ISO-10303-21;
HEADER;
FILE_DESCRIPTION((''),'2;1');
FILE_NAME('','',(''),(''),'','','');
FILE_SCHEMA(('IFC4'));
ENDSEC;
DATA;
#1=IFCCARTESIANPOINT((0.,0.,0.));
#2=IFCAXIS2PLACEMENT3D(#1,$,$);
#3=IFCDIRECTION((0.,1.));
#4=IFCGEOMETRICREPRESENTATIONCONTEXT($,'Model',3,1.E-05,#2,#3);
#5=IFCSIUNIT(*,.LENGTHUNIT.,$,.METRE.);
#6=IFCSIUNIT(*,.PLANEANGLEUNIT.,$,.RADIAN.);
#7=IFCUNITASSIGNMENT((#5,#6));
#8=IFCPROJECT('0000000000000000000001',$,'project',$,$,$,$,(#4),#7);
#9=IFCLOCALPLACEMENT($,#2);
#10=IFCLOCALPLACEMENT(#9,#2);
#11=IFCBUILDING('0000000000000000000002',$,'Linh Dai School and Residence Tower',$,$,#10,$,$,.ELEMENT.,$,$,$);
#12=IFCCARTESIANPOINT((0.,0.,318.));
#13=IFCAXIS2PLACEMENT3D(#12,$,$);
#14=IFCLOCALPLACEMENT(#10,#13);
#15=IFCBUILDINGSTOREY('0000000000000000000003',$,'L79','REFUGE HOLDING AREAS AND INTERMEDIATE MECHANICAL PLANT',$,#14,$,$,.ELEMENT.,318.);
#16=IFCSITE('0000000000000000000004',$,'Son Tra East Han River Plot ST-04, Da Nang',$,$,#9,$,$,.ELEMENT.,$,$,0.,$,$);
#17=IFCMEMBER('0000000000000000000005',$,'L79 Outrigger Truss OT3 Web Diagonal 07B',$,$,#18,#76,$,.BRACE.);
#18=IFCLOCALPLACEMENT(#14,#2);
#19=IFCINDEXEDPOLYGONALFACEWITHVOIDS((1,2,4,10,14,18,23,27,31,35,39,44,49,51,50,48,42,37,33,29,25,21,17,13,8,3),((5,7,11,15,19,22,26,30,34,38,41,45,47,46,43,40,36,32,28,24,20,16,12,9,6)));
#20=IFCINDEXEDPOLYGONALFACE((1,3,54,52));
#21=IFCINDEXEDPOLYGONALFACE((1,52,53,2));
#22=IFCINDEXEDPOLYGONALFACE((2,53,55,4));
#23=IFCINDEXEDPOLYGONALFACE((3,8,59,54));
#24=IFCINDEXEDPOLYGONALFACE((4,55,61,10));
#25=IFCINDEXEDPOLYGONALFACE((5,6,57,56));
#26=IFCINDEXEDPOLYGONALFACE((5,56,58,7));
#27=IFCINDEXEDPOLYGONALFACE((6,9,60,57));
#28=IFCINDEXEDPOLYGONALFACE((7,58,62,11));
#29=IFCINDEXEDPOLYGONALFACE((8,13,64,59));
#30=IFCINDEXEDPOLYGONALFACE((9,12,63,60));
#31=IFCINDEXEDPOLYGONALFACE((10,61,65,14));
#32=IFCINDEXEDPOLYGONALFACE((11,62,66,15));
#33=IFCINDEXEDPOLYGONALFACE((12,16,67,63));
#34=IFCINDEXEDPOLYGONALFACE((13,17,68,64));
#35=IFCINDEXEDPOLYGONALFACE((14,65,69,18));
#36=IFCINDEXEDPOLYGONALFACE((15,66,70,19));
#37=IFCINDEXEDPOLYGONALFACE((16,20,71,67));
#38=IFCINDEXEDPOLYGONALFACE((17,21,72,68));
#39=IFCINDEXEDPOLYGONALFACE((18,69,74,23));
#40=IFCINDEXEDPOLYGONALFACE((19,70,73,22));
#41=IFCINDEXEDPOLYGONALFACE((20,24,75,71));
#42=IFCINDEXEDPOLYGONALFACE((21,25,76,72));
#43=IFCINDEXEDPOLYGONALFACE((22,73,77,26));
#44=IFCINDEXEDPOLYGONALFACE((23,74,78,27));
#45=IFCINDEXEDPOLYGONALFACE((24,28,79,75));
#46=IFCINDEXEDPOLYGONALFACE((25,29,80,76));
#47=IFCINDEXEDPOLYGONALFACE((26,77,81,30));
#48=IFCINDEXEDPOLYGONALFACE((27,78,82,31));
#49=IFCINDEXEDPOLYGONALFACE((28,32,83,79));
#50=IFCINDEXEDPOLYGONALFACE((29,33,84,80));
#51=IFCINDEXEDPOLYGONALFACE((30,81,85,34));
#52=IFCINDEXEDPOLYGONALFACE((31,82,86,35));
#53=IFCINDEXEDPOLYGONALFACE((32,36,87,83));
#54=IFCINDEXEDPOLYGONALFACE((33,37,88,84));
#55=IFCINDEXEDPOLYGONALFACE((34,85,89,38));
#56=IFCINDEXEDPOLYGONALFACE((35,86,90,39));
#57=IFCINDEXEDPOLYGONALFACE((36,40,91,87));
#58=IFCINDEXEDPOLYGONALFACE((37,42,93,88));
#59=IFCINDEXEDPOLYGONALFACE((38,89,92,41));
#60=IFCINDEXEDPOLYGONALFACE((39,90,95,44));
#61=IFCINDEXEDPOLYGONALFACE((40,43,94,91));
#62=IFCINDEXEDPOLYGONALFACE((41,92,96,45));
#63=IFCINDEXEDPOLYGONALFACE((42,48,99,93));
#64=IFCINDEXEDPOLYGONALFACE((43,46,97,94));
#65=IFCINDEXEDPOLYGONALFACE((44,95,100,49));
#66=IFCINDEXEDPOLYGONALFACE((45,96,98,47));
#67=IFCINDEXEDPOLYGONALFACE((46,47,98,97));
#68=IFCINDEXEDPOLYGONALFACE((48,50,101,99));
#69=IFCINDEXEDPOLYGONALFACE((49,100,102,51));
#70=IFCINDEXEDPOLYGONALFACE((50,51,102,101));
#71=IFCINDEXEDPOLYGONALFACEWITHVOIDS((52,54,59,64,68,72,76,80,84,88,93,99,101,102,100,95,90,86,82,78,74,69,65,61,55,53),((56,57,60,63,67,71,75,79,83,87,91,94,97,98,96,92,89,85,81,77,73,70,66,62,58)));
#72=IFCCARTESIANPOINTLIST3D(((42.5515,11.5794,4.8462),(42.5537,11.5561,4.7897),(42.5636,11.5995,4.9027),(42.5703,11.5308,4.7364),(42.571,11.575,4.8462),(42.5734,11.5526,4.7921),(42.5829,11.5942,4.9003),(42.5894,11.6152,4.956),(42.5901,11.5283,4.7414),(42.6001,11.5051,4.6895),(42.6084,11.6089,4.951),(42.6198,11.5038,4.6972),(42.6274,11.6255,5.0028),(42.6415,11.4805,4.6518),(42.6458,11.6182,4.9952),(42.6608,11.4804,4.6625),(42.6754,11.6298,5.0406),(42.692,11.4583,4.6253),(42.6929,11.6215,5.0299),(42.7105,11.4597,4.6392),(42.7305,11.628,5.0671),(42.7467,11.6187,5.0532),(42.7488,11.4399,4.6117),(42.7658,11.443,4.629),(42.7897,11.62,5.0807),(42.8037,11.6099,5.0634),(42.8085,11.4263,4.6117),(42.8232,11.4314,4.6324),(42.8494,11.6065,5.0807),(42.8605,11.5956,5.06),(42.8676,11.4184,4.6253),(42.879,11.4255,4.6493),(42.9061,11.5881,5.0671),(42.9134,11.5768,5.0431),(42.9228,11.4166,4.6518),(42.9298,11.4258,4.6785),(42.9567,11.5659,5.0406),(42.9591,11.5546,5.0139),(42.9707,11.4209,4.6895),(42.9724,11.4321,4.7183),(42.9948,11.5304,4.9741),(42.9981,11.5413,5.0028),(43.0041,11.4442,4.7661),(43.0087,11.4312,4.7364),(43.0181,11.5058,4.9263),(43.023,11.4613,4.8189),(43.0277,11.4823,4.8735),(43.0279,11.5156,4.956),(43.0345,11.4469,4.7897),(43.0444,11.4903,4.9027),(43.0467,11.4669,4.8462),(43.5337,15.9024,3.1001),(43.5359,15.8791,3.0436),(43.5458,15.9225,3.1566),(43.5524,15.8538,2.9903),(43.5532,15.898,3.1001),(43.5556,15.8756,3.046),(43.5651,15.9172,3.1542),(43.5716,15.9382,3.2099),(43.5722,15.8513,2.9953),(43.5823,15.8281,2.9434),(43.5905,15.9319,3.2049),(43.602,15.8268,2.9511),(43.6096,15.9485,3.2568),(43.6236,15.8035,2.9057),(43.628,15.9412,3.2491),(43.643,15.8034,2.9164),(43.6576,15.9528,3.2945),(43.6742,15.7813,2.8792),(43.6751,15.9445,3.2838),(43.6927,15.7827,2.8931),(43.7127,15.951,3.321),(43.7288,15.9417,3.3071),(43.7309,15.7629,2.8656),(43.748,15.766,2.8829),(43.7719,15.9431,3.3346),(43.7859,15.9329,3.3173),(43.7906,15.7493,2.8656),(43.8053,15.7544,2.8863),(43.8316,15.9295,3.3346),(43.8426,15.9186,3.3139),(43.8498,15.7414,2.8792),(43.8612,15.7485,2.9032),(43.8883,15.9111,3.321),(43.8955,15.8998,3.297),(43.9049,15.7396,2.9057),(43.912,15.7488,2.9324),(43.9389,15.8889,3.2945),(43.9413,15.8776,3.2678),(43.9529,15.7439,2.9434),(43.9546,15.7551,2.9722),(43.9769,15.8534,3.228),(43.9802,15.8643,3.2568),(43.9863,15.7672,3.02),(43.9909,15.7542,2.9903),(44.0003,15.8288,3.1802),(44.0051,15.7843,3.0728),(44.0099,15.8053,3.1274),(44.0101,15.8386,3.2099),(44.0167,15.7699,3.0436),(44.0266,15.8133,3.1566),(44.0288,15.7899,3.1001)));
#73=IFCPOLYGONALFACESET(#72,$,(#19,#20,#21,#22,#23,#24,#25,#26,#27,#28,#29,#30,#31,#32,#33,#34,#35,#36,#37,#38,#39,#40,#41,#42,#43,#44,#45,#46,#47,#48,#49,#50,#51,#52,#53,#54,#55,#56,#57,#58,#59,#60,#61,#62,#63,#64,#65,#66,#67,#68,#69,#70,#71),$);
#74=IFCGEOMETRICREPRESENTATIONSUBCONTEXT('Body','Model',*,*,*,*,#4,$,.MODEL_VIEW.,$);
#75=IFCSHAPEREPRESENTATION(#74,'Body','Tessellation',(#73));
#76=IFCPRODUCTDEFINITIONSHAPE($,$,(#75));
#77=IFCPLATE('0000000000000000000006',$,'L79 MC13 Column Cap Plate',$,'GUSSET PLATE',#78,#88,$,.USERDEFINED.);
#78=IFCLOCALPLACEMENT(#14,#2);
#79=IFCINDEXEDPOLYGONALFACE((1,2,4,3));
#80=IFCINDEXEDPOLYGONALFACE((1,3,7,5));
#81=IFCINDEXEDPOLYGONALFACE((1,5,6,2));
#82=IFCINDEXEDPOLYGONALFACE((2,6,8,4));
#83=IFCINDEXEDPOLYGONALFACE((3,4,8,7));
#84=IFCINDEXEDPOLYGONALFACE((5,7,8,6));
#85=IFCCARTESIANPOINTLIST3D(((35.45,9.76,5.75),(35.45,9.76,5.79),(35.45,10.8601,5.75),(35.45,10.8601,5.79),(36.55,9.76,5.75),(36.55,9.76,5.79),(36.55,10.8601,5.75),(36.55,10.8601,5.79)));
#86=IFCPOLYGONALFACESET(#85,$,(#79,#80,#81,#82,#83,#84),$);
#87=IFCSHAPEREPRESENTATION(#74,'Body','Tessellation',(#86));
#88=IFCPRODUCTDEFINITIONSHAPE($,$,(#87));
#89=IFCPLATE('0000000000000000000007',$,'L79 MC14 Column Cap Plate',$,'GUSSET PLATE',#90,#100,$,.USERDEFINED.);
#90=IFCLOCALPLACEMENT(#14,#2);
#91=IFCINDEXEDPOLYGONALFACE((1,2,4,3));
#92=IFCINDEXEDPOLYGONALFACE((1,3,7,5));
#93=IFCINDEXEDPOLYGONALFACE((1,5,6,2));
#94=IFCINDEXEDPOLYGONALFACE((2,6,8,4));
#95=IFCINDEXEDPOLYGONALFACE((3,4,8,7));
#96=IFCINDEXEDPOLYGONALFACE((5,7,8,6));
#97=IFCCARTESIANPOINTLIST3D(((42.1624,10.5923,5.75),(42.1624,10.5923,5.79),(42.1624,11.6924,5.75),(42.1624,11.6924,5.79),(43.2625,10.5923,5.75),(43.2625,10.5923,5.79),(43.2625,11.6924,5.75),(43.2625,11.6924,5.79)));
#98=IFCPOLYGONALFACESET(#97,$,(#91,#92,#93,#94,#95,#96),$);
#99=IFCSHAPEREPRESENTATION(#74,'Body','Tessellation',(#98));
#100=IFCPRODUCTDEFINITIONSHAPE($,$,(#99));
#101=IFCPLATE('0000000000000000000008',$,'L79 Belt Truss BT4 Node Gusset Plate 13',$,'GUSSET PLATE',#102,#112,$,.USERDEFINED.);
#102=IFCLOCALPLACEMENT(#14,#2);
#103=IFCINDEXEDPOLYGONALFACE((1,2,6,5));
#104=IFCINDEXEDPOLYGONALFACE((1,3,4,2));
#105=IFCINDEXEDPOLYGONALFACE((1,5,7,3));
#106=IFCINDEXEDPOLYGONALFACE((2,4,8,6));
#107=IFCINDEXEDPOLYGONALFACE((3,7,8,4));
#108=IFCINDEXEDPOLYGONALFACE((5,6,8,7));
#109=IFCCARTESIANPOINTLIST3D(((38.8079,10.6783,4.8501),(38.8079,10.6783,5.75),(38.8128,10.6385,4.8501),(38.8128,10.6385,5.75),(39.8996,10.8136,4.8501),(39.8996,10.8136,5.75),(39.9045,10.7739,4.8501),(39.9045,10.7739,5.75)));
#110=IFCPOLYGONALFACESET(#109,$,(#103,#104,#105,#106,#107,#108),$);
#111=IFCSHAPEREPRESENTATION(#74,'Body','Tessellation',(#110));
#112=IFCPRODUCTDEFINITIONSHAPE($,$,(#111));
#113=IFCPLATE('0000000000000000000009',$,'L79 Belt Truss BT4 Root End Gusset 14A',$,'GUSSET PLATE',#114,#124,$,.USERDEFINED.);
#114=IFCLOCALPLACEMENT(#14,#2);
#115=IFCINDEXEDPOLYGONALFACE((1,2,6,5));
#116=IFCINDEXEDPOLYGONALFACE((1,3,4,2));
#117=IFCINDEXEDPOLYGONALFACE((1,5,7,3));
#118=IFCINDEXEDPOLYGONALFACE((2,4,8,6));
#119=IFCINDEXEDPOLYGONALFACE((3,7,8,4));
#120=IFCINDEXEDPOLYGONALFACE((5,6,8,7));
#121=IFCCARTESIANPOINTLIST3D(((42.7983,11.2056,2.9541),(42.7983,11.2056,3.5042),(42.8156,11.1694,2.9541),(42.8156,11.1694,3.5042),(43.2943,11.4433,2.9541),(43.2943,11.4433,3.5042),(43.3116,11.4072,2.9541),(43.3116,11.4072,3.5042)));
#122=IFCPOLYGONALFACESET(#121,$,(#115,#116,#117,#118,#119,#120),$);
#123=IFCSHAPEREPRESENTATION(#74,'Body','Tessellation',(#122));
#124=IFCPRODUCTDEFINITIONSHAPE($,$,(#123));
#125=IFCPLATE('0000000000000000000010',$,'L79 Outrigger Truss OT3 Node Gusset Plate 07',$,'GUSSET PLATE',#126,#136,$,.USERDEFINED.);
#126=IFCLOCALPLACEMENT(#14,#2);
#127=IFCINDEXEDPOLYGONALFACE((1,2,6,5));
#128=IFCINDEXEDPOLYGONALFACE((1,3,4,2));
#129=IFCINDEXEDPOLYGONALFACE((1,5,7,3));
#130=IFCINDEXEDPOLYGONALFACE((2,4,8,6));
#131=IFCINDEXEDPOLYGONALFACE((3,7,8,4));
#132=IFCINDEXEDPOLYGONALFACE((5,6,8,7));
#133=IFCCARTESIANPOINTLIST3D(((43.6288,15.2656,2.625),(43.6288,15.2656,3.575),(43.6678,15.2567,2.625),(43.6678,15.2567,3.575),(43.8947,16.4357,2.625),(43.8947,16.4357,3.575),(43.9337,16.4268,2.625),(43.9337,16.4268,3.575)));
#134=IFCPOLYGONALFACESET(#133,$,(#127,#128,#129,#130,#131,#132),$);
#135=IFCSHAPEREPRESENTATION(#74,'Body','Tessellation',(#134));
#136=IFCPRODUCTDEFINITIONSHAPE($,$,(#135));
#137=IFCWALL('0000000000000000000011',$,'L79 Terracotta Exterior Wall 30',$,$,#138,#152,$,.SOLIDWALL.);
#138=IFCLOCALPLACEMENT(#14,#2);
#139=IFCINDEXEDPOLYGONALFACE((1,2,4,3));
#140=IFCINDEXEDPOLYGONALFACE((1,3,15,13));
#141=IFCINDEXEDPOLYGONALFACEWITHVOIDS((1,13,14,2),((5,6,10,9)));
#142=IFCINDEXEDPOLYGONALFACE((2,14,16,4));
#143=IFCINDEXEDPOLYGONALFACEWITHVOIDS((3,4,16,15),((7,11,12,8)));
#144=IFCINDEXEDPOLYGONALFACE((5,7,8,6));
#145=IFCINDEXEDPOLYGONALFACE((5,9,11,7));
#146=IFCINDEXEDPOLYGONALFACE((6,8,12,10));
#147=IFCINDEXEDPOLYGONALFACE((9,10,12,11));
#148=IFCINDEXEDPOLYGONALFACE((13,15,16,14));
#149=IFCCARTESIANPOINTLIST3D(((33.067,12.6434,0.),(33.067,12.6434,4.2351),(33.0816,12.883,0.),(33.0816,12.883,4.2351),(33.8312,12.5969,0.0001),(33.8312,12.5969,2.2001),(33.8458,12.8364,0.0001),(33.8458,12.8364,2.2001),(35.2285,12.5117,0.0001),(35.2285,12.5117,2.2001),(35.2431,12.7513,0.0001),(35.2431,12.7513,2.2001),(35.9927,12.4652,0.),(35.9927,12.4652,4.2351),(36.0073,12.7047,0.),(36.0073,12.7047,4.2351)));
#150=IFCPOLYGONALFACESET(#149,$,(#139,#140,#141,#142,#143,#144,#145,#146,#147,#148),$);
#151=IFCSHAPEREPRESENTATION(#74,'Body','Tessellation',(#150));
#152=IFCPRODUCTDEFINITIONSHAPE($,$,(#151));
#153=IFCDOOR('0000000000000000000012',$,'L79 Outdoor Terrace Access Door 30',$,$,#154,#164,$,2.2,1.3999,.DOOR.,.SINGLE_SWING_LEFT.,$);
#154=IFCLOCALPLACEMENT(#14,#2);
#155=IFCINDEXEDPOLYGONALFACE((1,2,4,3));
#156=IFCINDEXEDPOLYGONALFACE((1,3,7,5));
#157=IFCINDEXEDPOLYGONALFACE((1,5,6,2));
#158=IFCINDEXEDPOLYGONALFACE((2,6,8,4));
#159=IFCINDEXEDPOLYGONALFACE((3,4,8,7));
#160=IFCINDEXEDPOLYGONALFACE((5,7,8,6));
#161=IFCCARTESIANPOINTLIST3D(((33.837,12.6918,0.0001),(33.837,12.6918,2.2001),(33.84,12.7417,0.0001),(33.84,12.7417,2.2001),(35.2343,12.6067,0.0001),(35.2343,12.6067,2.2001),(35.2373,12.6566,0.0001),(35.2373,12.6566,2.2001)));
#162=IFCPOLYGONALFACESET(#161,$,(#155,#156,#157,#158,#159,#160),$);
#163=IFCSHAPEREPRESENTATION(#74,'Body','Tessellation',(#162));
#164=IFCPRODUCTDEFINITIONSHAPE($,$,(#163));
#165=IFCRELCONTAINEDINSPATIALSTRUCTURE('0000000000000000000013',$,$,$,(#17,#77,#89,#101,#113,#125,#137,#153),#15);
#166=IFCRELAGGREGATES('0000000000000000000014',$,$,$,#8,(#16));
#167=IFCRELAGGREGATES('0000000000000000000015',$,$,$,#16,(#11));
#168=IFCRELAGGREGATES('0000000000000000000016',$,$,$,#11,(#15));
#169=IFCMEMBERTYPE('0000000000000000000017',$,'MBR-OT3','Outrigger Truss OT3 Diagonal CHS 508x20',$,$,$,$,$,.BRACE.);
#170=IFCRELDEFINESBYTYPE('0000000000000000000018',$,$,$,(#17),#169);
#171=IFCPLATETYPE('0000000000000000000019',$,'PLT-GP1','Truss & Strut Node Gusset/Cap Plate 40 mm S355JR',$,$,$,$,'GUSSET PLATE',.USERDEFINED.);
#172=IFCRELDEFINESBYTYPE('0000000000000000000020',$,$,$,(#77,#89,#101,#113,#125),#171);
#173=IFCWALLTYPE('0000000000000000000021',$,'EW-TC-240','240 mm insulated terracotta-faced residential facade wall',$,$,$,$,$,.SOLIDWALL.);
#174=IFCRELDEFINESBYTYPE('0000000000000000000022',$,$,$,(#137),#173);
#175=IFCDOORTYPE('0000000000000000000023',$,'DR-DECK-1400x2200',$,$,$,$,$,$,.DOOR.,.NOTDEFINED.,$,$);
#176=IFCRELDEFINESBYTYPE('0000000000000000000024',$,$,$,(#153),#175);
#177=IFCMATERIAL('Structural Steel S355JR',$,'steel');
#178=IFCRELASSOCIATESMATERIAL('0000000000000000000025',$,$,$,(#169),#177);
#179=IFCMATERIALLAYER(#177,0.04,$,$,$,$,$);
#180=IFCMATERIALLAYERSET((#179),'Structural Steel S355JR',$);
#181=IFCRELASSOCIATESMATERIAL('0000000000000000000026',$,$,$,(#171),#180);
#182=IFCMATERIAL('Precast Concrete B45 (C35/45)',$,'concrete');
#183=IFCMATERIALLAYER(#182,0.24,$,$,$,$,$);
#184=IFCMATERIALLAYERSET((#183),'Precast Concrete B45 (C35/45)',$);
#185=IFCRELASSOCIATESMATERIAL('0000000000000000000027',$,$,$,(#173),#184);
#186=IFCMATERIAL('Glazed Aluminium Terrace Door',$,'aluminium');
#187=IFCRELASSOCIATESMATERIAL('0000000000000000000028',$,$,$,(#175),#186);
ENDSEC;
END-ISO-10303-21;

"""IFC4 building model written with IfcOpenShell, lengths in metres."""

from ifc_helpers import new_model, si_unit, direction, frame, frame_2d, origin, origin_2d, place, context, subcontext, project, spatial, rectangle, hollow_circle, extrude, source, transform, mapped, material, layer, layer_set, material_profile, profile_set, type_object, element, fill, save


model = new_model("IFC4")

# Units and contexts
model_context = context("Model", 3, precision=1e-05, world=origin(), true_north=direction((0.0, 1.0)))
body_context = subcontext(model_context, "Body", "Model", "MODEL_VIEW")
ifc_project = project(units=[si_unit("LENGTHUNIT", "METRE"), si_unit("PLANEANGLEUNIT", "RADIAN")], contexts=[model_context])

# Site, building, storey
site_placement = place(None, origin())
site = spatial("IfcSite", under=ifc_project, at=site_placement, Name="Son Tra East Han River Plot ST-04, Da Nang", CompositionType="ELEMENT", RefElevation=0.0)
building_placement = place(site_placement, origin())
building = spatial("IfcBuilding", under=site, at=building_placement, Name="Linh Dai School and Residence Tower", CompositionType="ELEMENT")
storey_placement = place(building_placement, frame((0.0, 0.0, 318.0)))
storey = spatial("IfcBuildingStorey", under=building, at=storey_placement, Name="L79", Description="REFUGE HOLDING AREAS AND INTERMEDIATE MECHANICAL PLANT", CompositionType="ELEMENT", Elevation=318.0)

# Shared definitions
ifc_material_1 = material(Name="Structural Steel S355JR", Category="steel")

# Member
ifc_material_profile_1 = material_profile(ifc_material_1, hollow_circle(Radius=0.2539, WallThickness=0.02, at=origin_2d()), Name="CHS 508x20")
ifc_profile_set_1 = profile_set([ifc_material_profile_1], Name="Structural Steel S355JR")
member_type_1 = type_object("IfcMemberType", Name="MBR-OT3", Description="Outrigger Truss OT3 Diagonal CHS 508x20", PredefinedType="BRACE", material=ifc_profile_set_1)
member_1_placement = place(storey_placement, frame((42.7991, 11.5232, 4.8462), z_axis=(0.206139, 0.907308, -0.366469), x_axis=(-0.975149, 0.221552, 0.0)))
element("IfcMember", 1, at=member_1_placement, inside=storey, type_object=member_type_1, Name="L79 Outrigger Truss OT3 Web Diagonal 07B", PredefinedType="BRACE", context=body_context, shape_type="SweptSolid", body=[
    extrude(hollow_circle(Radius=0.2539, WallThickness=0.02, at=origin_2d()), origin(), (0.0, 0.0, 1.0), 4.7646),
])

# Plates
ifc_layer_1 = layer(ifc_material_1, 0.04)
ifc_layer_set_1 = layer_set([ifc_layer_1], Name="Structural Steel S355JR")
plate_type = type_object("IfcPlateType", Name="PLT-GP1", Description="Truss & Strut Node Gusset/Cap Plate 40 mm S355JR", ElementType="GUSSET PLATE", PredefinedType="USERDEFINED", material=ifc_layer_set_1)
shared_shape_1 = source(origin(), body_context, "Body", "SweptSolid", [
    extrude(rectangle(XDim=1.1001, YDim=1.1001, at=origin_2d()), origin(), (0.0, 0.0, 1.0), 0.04),
])
for number, where, z_axis, x_axis, name in (
    (2, (36.0, 10.3101, 5.75), (0.0, 0.0, 1.0), (1.0, 0.0, 0.0), "L79 MC13 Column Cap Plate"),
    (3, (42.7124, 11.1423, 5.75), (0.0, 0.0, 1.0), (1.0, 0.0, 0.0), "L79 MC14 Column Cap Plate"),
):
    element("IfcPlate", number, at=place(storey_placement, frame(where, z_axis=z_axis, x_axis=x_axis)), inside=storey, type_object=plate_type, Name=name, ObjectType="GUSSET PLATE", PredefinedType="USERDEFINED", context=body_context, shape_type="MappedRepresentation", body=[
        mapped(shared_shape_1, transform((0.0, 0.0, 0.0), x_axis=(1.0, 0.0, 0.0), y_axis=(0.0, 1.0, 0.0), z_axis=(0.0, 0.0, 1.0), scale=1.0)),
    ])
shared_shape_2 = source(origin(), body_context, "Body", "SweptSolid", [
    extrude(rectangle(XDim=1.1001, YDim=0.04, at=origin_2d()), origin(), (0.0, 0.0, 1.0), 0.8999),
])
plate_1_placement = place(storey_placement, frame((39.3562, 10.7261, 4.8501), z_axis=(0.0, 0.0, 1.0), x_axis=(0.992402, 0.123041, 0.0)))
element("IfcPlate", 4, at=plate_1_placement, inside=storey, type_object=plate_type, Name="L79 Belt Truss BT4 Node Gusset Plate 13", ObjectType="GUSSET PLATE", PredefinedType="USERDEFINED", context=body_context, shape_type="MappedRepresentation", body=[
    mapped(shared_shape_2, transform((0.0, 0.0, 0.0), x_axis=(1.0, 0.0, 0.0), y_axis=(0.0, 1.0, 0.0), z_axis=(0.0, 0.0, 1.0), scale=1.0)),
])
shared_shape_3 = source(origin(), body_context, "Body", "SweptSolid", [
    extrude(rectangle(XDim=0.55, YDim=0.04, at=origin_2d()), origin(), (0.0, 0.0, 1.0), 0.55),
])
plate_2_placement = place(storey_placement, frame((43.0549, 11.3064, 2.9541), z_axis=(0.0, 0.0, 1.0), x_axis=(0.901726, 0.432308, 0.0)))
element("IfcPlate", 5, at=plate_2_placement, inside=storey, type_object=plate_type, Name="L79 Belt Truss BT4 Root End Gusset 14A", ObjectType="GUSSET PLATE", PredefinedType="USERDEFINED", context=body_context, shape_type="MappedRepresentation", body=[
    mapped(shared_shape_3, transform((0.0, 0.0, 0.0), x_axis=(1.0, 0.0, 0.0), y_axis=(0.0, 1.0, 0.0), z_axis=(0.0, 0.0, 1.0), scale=1.0)),
])
shared_shape_4 = source(origin(), body_context, "Body", "SweptSolid", [
    extrude(rectangle(XDim=1.2, YDim=0.04, at=origin_2d()), origin(), (0.0, 0.0, 1.0), 0.95),
])
plate_3_placement = place(storey_placement, frame((43.7812, 15.8462, 2.625), z_axis=(0.0, 0.0, 1.0), x_axis=(-0.221569, -0.975145, 0.0)))
element("IfcPlate", 6, at=plate_3_placement, inside=storey, type_object=plate_type, Name="L79 Outrigger Truss OT3 Node Gusset Plate 07", ObjectType="GUSSET PLATE", PredefinedType="USERDEFINED", context=body_context, shape_type="MappedRepresentation", body=[
    mapped(shared_shape_4, transform((0.0, 0.0, 0.0), x_axis=(1.0, 0.0, 0.0), y_axis=(0.0, 1.0, 0.0), z_axis=(0.0, 0.0, 1.0), scale=1.0)),
])

# Wall, opening, door
ifc_material_2 = material(Name="Precast Concrete B45 (C35/45)", Category="concrete")
ifc_layer_2 = layer(ifc_material_2, 0.24)
ifc_layer_set_2 = layer_set([ifc_layer_2], Name="Precast Concrete B45 (C35/45)")
wall_type_1 = type_object("IfcWallType", Name="EW-TC-240", Description="240 mm insulated terracotta-faced residential facade wall", PredefinedType="SOLIDWALL", material=ifc_layer_set_2)
wall_1_placement = place(storey_placement, frame((36.0, 12.585, 0.0), z_axis=(0.0, 0.0, 1.0), x_axis=(-0.99815, 0.060802, 0.0)))
wall_1 = element("IfcWall", 7, at=wall_1_placement, inside=storey, type_object=wall_type_1, Name="L79 Terracotta Exterior Wall 30", PredefinedType="SOLIDWALL", context=body_context, shape_type="SweptSolid", body=[
    extrude(rectangle(XDim=2.9312, YDim=0.24, at=frame_2d((1.4656, 0.0))), origin(), (0.0, 0.0, 1.0), 4.2351),
])
opening_1_placement = place(wall_1_placement, frame((0.7656, 0.0, 0.0)))
opening_1 = element("IfcOpeningElement", 8, at=opening_1_placement, cuts=wall_1, PredefinedType="OPENING", context=body_context, shape_type="SweptSolid", body=[
    extrude(rectangle(XDim=1.3999, YDim=2.2, at=origin_2d()), frame((0.7, 0.1299, 1.1001), z_axis=(0.0, -1.0, 0.0), x_axis=(1.0, 0.0, 0.0)), (0.0, 0.0, 1.0), 0.26),
])
ifc_material_3 = material(Name="Glazed Aluminium Terrace Door", Category="aluminium")
door_type_1 = type_object("IfcDoorType", Name="DR-DECK-1400x2200", OperationType="NOTDEFINED", PredefinedType="DOOR", material=ifc_material_3)
shared_shape_5 = source(origin(), body_context, "Body", "SweptSolid", [
    extrude(rectangle(XDim=1.3999, YDim=2.2, at=origin_2d()), frame((0.7, 0.0249, 1.1001), z_axis=(0.0, -1.0, 0.0), x_axis=(1.0, 0.0, 0.0)), (0.0, 0.0, 1.0), 0.05),
])
door_1_placement = place(opening_1_placement, origin())
door_1 = element("IfcDoor", 9, at=door_1_placement, inside=storey, type_object=door_type_1, Name="L79 Outdoor Terrace Access Door 30", OperationType="SINGLE_SWING_LEFT", OverallHeight=2.2, OverallWidth=1.3999, PredefinedType="DOOR", context=body_context, shape_type="MappedRepresentation", body=[
    mapped(shared_shape_5, transform((0.0, 0.0, 0.0), x_axis=(1.0, 0.0, 0.0), y_axis=(0.0, 1.0, 0.0), z_axis=(0.0, 0.0, 1.0), scale=1.0)),
])
fill(opening_1, door_1)

save(model, "model.ifc")
